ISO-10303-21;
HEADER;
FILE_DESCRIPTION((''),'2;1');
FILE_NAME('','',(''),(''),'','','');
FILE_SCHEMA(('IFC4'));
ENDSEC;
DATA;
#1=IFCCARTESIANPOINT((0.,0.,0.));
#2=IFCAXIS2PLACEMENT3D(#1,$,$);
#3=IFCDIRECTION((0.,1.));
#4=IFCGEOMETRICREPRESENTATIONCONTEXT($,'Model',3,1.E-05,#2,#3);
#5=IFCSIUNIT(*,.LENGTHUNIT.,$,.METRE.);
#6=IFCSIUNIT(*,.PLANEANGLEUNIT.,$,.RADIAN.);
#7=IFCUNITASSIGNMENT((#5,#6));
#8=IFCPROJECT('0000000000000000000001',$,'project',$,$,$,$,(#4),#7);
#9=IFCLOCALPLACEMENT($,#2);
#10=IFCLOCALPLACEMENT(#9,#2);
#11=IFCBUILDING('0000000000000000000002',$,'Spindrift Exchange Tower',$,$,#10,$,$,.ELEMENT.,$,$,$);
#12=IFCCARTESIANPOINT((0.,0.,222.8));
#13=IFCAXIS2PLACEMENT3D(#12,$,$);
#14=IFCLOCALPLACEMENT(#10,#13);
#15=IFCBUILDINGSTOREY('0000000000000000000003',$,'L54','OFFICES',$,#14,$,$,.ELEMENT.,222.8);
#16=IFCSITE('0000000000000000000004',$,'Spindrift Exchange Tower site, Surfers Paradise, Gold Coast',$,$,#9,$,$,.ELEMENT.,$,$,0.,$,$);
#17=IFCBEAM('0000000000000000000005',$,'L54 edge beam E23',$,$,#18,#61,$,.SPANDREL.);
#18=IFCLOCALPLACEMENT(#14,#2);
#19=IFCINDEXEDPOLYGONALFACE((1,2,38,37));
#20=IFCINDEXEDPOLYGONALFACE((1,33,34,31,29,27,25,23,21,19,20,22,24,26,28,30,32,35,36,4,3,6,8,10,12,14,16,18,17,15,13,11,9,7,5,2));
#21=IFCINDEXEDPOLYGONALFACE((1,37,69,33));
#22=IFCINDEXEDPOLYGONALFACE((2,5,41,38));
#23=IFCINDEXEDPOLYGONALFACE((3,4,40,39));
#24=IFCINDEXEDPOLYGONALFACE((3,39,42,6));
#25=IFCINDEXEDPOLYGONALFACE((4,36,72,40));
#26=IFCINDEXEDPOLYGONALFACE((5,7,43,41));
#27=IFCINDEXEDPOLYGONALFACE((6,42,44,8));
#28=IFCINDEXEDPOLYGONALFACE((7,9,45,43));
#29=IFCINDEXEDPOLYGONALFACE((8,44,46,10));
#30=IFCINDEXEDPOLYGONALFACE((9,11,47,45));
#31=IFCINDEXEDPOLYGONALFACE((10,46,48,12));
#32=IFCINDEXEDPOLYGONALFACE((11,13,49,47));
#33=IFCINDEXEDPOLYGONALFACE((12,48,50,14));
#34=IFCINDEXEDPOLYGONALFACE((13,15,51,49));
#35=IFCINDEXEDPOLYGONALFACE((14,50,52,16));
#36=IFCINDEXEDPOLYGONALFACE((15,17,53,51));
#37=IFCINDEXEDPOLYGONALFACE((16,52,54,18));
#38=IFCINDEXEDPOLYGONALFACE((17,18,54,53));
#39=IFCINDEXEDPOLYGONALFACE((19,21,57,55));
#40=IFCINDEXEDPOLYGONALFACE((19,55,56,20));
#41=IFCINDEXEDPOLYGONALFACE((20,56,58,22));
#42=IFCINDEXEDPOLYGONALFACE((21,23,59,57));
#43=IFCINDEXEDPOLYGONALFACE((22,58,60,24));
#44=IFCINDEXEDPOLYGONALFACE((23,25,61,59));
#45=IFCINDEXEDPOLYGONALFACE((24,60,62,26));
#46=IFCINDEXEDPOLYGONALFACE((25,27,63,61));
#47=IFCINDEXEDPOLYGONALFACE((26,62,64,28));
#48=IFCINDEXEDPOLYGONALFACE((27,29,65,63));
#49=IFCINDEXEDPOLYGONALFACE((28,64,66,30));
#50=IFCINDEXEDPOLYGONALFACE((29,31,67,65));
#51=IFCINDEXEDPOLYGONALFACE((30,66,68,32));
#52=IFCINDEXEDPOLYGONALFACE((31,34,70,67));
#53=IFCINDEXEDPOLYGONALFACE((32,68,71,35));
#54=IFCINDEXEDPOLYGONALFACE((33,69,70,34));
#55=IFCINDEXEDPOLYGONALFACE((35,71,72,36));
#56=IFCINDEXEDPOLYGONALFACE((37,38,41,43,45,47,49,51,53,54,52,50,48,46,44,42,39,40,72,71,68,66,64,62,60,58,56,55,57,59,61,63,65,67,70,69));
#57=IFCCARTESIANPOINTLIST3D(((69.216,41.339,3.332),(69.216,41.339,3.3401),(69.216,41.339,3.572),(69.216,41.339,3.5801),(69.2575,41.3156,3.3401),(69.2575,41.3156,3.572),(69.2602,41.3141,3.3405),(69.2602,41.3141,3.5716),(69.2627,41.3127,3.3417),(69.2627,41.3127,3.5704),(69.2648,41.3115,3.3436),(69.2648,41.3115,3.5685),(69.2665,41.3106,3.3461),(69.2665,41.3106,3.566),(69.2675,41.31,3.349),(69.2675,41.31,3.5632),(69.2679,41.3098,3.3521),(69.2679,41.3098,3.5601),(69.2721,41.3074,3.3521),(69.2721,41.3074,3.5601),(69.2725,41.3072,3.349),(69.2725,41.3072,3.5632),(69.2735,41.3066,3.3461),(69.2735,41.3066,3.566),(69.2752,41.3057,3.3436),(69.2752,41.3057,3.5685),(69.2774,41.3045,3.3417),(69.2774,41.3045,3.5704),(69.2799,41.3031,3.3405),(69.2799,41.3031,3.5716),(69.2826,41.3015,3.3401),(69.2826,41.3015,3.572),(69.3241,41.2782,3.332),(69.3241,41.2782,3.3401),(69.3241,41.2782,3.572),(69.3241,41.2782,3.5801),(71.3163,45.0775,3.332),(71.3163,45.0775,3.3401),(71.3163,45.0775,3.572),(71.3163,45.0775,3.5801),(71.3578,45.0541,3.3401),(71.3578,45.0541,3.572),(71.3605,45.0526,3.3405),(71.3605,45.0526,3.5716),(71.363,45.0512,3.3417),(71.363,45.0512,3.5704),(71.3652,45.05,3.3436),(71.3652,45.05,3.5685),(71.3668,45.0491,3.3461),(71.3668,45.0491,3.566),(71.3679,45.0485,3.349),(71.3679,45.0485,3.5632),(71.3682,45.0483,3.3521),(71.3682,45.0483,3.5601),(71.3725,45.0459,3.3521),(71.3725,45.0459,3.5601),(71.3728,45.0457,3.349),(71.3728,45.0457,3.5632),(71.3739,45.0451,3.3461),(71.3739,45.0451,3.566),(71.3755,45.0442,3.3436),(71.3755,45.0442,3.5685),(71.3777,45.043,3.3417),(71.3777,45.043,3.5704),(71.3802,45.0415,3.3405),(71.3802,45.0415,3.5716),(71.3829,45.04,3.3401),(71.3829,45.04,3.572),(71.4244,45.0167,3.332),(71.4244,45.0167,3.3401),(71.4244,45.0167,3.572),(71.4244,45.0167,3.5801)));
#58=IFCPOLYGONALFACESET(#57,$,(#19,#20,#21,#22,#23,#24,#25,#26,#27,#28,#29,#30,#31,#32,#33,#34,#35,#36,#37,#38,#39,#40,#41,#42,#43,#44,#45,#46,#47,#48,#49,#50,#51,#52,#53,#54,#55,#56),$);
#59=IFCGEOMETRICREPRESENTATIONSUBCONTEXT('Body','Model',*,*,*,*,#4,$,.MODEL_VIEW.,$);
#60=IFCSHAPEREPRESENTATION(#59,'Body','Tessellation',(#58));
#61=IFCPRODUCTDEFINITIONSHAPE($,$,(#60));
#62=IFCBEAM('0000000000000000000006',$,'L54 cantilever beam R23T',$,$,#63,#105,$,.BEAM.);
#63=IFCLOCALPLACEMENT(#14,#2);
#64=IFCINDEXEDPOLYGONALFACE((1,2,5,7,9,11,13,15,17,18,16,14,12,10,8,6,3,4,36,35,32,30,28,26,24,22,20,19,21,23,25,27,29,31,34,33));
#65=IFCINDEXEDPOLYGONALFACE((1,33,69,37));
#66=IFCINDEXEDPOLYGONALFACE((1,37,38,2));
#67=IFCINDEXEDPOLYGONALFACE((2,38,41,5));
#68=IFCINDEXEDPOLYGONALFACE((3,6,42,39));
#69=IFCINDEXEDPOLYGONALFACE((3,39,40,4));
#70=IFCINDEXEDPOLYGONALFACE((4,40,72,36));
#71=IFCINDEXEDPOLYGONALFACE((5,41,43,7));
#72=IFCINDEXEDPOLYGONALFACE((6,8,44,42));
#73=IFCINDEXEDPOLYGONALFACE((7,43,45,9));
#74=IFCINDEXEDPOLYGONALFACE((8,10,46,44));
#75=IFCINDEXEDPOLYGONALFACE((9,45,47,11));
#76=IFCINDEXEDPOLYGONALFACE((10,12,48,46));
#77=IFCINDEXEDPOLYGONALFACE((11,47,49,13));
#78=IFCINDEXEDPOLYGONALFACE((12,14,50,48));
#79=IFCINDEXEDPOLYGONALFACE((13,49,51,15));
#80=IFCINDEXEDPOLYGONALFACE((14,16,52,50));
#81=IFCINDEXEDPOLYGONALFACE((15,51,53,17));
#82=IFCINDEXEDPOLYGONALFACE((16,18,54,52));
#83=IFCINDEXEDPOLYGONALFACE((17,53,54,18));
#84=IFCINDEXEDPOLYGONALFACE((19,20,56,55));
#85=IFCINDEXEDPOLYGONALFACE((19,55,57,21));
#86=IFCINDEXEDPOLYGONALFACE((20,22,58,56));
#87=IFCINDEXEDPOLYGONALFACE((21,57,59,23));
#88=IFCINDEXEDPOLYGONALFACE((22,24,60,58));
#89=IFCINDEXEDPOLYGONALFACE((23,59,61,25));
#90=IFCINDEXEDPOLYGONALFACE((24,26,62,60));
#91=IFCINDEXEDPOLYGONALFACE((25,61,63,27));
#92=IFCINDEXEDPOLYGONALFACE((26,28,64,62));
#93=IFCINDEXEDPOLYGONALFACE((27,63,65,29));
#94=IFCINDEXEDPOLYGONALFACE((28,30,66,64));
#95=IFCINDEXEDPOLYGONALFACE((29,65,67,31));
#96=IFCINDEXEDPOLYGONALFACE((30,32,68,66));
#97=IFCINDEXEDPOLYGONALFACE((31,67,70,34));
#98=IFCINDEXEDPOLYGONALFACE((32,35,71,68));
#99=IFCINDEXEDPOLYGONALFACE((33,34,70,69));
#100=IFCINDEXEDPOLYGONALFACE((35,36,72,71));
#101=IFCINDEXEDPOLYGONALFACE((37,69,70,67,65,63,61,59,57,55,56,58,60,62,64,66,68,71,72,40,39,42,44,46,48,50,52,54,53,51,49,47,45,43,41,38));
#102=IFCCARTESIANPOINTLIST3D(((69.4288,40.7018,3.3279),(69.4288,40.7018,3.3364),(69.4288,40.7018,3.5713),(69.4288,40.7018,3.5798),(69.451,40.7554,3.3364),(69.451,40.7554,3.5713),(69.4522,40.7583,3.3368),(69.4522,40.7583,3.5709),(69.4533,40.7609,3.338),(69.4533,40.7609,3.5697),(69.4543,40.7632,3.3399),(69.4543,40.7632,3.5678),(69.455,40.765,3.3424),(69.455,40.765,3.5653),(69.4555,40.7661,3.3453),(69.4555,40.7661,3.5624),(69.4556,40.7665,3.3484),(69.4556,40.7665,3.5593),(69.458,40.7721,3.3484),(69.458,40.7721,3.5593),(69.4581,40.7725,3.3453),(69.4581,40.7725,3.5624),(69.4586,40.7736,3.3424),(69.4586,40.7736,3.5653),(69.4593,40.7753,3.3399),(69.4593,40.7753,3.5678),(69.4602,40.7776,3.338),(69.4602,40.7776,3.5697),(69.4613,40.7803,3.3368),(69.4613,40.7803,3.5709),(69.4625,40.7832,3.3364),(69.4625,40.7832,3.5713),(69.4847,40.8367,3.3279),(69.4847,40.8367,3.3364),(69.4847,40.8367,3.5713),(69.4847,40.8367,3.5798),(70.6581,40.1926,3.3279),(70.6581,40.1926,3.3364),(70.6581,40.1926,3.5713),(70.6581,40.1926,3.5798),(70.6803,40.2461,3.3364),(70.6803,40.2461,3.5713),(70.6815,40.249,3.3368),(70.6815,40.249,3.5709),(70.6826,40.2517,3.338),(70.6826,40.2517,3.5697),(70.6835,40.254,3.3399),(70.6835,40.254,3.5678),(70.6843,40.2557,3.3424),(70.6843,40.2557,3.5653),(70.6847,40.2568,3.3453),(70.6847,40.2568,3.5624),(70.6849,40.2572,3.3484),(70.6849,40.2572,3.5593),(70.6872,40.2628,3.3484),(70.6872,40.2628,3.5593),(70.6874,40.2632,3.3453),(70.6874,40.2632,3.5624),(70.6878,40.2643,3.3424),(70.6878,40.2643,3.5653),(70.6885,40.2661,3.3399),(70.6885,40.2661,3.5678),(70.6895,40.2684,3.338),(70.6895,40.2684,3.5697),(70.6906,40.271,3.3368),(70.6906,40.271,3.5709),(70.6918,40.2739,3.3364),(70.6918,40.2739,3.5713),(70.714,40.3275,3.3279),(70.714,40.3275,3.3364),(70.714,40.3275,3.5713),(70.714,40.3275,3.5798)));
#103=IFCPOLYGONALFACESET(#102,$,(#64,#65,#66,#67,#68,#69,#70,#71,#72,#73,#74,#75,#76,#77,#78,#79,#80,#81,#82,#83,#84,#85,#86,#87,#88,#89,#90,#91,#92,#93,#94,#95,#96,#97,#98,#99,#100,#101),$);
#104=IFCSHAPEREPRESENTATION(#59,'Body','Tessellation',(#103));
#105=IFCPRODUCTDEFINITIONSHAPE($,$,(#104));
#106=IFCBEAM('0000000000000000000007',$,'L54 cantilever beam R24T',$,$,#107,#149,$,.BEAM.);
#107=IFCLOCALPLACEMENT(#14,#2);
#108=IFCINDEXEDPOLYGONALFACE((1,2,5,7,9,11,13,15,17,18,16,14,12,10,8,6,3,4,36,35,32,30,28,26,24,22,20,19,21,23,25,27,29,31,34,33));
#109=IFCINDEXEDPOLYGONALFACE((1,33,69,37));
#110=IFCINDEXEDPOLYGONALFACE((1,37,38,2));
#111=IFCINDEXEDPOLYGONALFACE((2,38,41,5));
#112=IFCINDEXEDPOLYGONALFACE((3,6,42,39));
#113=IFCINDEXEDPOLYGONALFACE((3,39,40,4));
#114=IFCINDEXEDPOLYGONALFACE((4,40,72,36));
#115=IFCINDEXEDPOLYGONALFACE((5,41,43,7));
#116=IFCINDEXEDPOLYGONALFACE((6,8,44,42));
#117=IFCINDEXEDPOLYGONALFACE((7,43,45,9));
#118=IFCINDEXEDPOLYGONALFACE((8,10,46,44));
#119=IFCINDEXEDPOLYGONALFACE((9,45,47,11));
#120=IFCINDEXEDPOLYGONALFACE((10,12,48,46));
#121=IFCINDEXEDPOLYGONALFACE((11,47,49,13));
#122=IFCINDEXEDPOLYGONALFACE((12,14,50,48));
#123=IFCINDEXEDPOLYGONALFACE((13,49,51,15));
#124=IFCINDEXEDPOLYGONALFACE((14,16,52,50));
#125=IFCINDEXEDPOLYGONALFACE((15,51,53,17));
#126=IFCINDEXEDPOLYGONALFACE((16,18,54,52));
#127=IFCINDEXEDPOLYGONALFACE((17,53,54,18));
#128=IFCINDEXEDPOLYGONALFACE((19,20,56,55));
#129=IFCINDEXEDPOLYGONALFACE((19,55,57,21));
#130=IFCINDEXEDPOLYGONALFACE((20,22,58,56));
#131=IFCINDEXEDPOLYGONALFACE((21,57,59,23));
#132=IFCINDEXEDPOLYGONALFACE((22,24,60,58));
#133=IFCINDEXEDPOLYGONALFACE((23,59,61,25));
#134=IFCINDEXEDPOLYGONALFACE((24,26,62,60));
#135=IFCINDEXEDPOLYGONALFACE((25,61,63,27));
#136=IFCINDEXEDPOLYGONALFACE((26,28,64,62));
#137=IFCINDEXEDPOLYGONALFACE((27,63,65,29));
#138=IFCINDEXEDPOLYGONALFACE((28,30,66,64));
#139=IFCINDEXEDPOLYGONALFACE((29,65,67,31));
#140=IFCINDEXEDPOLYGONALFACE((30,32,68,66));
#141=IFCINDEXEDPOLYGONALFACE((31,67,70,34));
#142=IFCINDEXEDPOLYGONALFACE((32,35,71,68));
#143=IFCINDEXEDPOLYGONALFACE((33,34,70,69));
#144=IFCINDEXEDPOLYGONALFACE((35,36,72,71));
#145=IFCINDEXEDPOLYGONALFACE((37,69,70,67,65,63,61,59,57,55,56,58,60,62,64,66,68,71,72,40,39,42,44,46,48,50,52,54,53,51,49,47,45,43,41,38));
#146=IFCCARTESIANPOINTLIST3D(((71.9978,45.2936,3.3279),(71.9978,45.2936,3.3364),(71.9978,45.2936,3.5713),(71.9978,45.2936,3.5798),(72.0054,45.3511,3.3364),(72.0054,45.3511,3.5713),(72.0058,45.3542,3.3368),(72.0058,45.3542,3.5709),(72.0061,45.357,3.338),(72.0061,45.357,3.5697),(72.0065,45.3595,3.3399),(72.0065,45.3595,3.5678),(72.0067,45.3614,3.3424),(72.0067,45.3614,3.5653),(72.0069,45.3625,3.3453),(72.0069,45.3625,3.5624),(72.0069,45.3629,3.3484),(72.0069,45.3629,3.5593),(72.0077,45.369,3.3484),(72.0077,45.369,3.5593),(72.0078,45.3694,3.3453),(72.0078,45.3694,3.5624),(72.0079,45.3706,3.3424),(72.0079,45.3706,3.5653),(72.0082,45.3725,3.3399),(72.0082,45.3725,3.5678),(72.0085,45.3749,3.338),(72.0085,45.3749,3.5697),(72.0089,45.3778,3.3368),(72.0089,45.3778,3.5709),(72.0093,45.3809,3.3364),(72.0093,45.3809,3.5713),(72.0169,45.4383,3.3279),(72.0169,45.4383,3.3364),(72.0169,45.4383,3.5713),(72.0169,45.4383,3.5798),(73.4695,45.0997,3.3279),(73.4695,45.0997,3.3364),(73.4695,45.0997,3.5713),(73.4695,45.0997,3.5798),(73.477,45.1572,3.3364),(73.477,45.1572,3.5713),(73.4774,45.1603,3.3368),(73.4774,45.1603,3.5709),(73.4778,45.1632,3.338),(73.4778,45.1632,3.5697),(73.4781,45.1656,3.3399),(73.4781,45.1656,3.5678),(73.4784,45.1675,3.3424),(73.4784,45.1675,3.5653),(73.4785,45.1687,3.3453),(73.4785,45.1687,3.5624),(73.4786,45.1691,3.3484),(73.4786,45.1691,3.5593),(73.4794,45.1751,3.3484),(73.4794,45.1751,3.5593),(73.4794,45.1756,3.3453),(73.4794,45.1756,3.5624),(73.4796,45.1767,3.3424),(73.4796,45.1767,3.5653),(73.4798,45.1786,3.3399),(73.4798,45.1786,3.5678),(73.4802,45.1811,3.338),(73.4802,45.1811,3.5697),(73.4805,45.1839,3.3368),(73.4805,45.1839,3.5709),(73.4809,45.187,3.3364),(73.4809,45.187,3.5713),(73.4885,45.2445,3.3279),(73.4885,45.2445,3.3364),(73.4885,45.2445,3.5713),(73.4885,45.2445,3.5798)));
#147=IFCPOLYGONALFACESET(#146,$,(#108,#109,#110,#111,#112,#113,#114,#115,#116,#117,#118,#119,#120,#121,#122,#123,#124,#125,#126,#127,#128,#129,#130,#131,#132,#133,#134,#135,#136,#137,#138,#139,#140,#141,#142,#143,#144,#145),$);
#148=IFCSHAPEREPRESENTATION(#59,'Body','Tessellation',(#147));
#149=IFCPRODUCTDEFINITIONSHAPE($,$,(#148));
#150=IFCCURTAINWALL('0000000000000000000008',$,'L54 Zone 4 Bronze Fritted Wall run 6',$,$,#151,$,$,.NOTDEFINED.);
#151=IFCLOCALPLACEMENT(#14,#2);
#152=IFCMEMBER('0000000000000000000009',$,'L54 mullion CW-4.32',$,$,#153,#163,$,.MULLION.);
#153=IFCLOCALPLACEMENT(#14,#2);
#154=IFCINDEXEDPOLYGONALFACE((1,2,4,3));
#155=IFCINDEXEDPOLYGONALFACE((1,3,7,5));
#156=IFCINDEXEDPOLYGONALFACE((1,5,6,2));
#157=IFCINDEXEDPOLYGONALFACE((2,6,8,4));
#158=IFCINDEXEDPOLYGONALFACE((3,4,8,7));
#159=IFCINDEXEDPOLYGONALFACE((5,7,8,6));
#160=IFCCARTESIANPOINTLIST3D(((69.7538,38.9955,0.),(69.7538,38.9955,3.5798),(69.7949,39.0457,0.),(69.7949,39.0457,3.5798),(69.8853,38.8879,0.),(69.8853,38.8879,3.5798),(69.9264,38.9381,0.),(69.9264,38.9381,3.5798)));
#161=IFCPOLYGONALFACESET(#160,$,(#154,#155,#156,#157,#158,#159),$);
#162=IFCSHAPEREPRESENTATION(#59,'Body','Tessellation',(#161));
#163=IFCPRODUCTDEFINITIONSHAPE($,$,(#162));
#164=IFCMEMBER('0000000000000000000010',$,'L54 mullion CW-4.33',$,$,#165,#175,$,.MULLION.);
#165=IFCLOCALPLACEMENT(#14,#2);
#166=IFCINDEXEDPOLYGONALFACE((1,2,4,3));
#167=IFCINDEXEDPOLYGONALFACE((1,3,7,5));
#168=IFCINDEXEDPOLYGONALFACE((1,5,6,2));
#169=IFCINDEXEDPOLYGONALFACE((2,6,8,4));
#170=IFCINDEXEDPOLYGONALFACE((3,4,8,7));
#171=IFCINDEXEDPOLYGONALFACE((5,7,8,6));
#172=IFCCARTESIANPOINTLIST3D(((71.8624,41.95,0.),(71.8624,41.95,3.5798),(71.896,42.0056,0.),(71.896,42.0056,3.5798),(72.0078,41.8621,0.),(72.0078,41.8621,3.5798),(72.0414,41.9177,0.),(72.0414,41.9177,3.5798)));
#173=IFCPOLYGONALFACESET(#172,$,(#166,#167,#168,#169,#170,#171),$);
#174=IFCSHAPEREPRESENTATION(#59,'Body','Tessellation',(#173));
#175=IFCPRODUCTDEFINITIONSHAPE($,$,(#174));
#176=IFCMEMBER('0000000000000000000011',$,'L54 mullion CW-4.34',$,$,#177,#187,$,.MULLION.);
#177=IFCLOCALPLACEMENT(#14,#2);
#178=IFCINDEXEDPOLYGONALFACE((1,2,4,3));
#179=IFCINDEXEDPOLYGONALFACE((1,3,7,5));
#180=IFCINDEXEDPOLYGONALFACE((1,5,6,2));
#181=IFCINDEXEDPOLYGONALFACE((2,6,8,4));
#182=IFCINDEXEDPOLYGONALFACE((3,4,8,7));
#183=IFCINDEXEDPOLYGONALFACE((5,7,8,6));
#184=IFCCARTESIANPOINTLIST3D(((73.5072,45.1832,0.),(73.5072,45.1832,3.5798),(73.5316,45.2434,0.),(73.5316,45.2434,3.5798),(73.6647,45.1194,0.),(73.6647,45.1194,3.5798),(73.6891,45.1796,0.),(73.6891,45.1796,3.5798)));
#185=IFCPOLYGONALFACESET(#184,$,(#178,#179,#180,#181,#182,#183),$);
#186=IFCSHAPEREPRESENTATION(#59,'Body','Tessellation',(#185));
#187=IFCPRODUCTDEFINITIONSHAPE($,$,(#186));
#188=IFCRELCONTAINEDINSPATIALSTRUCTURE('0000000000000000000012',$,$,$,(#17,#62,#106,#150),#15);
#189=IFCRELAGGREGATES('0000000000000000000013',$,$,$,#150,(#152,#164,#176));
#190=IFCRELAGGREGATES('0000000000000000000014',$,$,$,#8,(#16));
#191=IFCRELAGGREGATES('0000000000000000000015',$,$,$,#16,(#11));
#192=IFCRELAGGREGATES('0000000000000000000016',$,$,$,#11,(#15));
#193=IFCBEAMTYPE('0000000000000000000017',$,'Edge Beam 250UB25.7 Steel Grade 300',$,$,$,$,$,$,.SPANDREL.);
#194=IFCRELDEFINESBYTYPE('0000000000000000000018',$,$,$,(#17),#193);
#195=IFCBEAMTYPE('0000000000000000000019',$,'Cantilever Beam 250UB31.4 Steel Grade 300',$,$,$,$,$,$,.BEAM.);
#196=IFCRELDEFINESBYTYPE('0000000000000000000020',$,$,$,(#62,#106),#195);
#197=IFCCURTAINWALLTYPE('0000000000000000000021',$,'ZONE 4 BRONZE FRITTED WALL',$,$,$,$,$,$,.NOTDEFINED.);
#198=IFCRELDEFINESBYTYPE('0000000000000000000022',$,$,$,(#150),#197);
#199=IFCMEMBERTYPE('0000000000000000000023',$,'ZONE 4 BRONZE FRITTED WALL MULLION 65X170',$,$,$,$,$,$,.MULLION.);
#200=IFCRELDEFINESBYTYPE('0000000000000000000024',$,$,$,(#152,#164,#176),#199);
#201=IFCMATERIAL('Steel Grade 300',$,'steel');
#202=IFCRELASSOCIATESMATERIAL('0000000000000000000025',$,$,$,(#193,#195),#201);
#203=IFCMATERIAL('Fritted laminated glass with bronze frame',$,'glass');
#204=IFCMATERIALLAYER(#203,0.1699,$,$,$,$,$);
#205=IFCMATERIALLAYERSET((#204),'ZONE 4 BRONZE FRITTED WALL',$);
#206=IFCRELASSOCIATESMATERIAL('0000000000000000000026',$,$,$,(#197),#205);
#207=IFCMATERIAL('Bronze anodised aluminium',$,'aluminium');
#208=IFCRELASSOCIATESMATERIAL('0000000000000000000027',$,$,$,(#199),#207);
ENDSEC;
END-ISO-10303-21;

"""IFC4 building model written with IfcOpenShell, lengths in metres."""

from ifc_helpers import new_model, si_unit, direction, frame, origin, origin_2d, place, context, subcontext, project, spatial, rectangle, i_section, extrude, source, transform, mapped, material, layer, layer_set, material_profile, profile_set, type_object, element, aggregate, save


model = new_model("IFC4")

# Units and contexts
model_context = context("Model", 3, precision=1e-05, world=origin(), true_north=direction((0.0, 1.0)))
body_context = subcontext(model_context, "Body", "Model", "MODEL_VIEW")
ifc_project = project(units=[si_unit("LENGTHUNIT", "METRE"), si_unit("PLANEANGLEUNIT", "RADIAN")], contexts=[model_context])

# Site, building, storey
site_placement = place(None, origin())
site = spatial("IfcSite", under=ifc_project, at=site_placement, Name="Spindrift Exchange Tower site, Surfers Paradise, Gold Coast", CompositionType="ELEMENT", RefElevation=0.0)
building_placement = place(site_placement, origin())
building = spatial("IfcBuilding", under=site, at=building_placement, Name="Spindrift Exchange Tower", CompositionType="ELEMENT")
storey_placement = place(building_placement, frame((0.0, 0.0, 222.8)))
storey = spatial("IfcBuildingStorey", under=building, at=storey_placement, Name="L54", Description="OFFICES", CompositionType="ELEMENT", Elevation=222.8)

# Beams
ifc_material_1 = material(Name="Steel Grade 300", Category="steel")
ifc_material_profile_1 = material_profile(ifc_material_1, i_section(OverallWidth=0.124, OverallDepth=0.248, WebThickness=0.0049, FlangeThickness=0.0081, FilletRadius=0.012, at=origin_2d()), Name="250UB25.7")
ifc_profile_set_1 = profile_set([ifc_material_profile_1], Name="Steel Grade 300")
beam_type_1 = type_object("IfcBeamType", Name="Edge Beam 250UB25.7 Steel Grade 300", PredefinedType="SPANDREL", material=ifc_profile_set_1)
shared_shape_1 = source(origin(), body_context, "Body", "SweptSolid", [
    extrude(i_section(OverallWidth=0.124, OverallDepth=0.248, WebThickness=0.0049, FlangeThickness=0.0081, FilletRadius=0.012, at=origin_2d()), origin(), (0.0, 0.0, 1.0), 4.2881),
])
beam_1_placement = place(storey_placement, frame((69.27, 41.3086, 3.4561), z_axis=(0.489804, 0.871832, 0.0), x_axis=(-0.871832, 0.489804, 0.0)))
element("IfcBeam", 1, at=beam_1_placement, inside=storey, type_object=beam_type_1, Name="L54 edge beam E23", PredefinedType="SPANDREL", context=body_context, shape_type="MappedRepresentation", body=[
    mapped(shared_shape_1, transform((0.0, 0.0, 0.0), scale=1.0)),
])
ifc_material_profile_2 = material_profile(ifc_material_1, i_section(OverallWidth=0.146, OverallDepth=0.252, WebThickness=0.0061, FlangeThickness=0.0085, FilletRadius=0.012, at=origin_2d()), Name="250UB31.4")
ifc_profile_set_2 = profile_set([ifc_material_profile_2], Name="Steel Grade 300")
beam_type_2 = type_object("IfcBeamType", Name="Cantilever Beam 250UB31.4 Steel Grade 300", PredefinedType="BEAM", material=ifc_profile_set_2)
shared_shape_2 = source(origin(), body_context, "Body", "SweptSolid", [
    extrude(i_section(OverallWidth=0.146, OverallDepth=0.252, WebThickness=0.0061, FlangeThickness=0.0085, FilletRadius=0.012, at=origin_2d()), origin(), (0.0, 0.0, 1.0), 1.3306),
])
beam_2_placement = place(storey_placement, frame((69.4568, 40.7693, 3.4539), z_axis=(0.923851, -0.382752, 0.0), x_axis=(0.382752, 0.923851, 0.0)))
element("IfcBeam", 2, at=beam_2_placement, inside=storey, type_object=beam_type_2, Name="L54 cantilever beam R23T", PredefinedType="BEAM", context=body_context, shape_type="MappedRepresentation", body=[
    mapped(shared_shape_2, transform((0.0, 0.0, 0.0), scale=1.0)),
])
shared_shape_3 = source(origin(), body_context, "Body", "SweptSolid", [
    extrude(i_section(OverallWidth=0.146, OverallDepth=0.252, WebThickness=0.0061, FlangeThickness=0.0085, FilletRadius=0.012, at=origin_2d()), origin(), (0.0, 0.0, 1.0), 1.4844),
])
beam_3_placement = place(storey_placement, frame((72.0073, 45.366, 3.4539), z_axis=(0.991436, -0.130591, 0.0), x_axis=(0.130591, 0.991436, 0.0)))
element("IfcBeam", 3, at=beam_3_placement, inside=storey, type_object=beam_type_2, Name="L54 cantilever beam R24T", PredefinedType="BEAM", context=body_context, shape_type="MappedRepresentation", body=[
    mapped(shared_shape_3, transform((0.0, 0.0, 0.0), scale=1.0)),
])

# Curtain wall, members
ifc_material_2 = material(Name="Fritted laminated glass with bronze frame", Category="glass")
ifc_layer_1 = layer(ifc_material_2, 0.1699)
ifc_layer_set_1 = layer_set([ifc_layer_1], Name="ZONE 4 BRONZE FRITTED WALL")
curtain_wall_type = type_object("IfcCurtainWallType", Name="ZONE 4 BRONZE FRITTED WALL", PredefinedType="NOTDEFINED", material=ifc_layer_set_1)
curtain_wall_placement = place(storey_placement, origin())
curtain_wall = element("IfcCurtainWall", 4, at=curtain_wall_placement, inside=storey, type_object=curtain_wall_type, Name="L54 Zone 4 Bronze Fritted Wall run 6", PredefinedType="NOTDEFINED")
ifc_material_3 = material(Name="Bronze anodised aluminium", Category="aluminium")
ifc_material_profile_3 = material_profile(ifc_material_3, rectangle(XDim=0.0649, YDim=0.1699, at=origin_2d()), Name="ZONE 4 BRONZE FRITTED WALL MULLION 65X170")
ifc_profile_set_3 = profile_set([ifc_material_profile_3], Name="Bronze anodised aluminium")
member_type_1 = type_object("IfcMemberType", Name="ZONE 4 BRONZE FRITTED WALL MULLION 65X170", PredefinedType="MULLION", material=ifc_profile_set_3)
shared_shape_4 = source(origin(), body_context, "Body", "SweptSolid", [
    extrude(rectangle(XDim=0.0649, YDim=0.1699, at=origin_2d()), origin(), (0.0, 0.0, 1.0), 3.5798),
])
member_1_placement = place(storey_placement, frame((69.8401, 38.9668, 0.0), z_axis=(0.0, 0.0, 1.0), x_axis=(0.633424, 0.773805, 0.0)))
member_1 = element("IfcMember", 5, at=member_1_placement, type_object=member_type_1, Name="L54 mullion CW-4.32", PredefinedType="MULLION", context=body_context, shape_type="MappedRepresentation", body=[
    mapped(shared_shape_4, transform((0.0, 0.0, 0.0), scale=1.0)),
])
member_2_placement = place(storey_placement, frame((71.9519, 41.9338, 0.0), z_axis=(0.0, 0.0, 1.0), x_axis=(0.51745, 0.855714, 0.0)))
member_2 = element("IfcMember", 6, at=member_2_placement, type_object=member_type_1, Name="L54 mullion CW-4.33", PredefinedType="MULLION", context=body_context, shape_type="MappedRepresentation", body=[
    mapped(shared_shape_4, transform((0.0, 0.0, 0.0), scale=1.0)),
])
member_3_placement = place(storey_placement, frame((73.5981, 45.1814, 0.0), z_axis=(0.0, 0.0, 1.0), x_axis=(0.375154, 0.926962, 0.0)))
member_3 = element("IfcMember", 7, at=member_3_placement, type_object=member_type_1, Name="L54 mullion CW-4.34", PredefinedType="MULLION", context=body_context, shape_type="MappedRepresentation", body=[
    mapped(shared_shape_4, transform((0.0, 0.0, 0.0), scale=1.0)),
])
aggregate(curtain_wall, [member_1, member_2, member_3])

save(model, "model.ifc")
